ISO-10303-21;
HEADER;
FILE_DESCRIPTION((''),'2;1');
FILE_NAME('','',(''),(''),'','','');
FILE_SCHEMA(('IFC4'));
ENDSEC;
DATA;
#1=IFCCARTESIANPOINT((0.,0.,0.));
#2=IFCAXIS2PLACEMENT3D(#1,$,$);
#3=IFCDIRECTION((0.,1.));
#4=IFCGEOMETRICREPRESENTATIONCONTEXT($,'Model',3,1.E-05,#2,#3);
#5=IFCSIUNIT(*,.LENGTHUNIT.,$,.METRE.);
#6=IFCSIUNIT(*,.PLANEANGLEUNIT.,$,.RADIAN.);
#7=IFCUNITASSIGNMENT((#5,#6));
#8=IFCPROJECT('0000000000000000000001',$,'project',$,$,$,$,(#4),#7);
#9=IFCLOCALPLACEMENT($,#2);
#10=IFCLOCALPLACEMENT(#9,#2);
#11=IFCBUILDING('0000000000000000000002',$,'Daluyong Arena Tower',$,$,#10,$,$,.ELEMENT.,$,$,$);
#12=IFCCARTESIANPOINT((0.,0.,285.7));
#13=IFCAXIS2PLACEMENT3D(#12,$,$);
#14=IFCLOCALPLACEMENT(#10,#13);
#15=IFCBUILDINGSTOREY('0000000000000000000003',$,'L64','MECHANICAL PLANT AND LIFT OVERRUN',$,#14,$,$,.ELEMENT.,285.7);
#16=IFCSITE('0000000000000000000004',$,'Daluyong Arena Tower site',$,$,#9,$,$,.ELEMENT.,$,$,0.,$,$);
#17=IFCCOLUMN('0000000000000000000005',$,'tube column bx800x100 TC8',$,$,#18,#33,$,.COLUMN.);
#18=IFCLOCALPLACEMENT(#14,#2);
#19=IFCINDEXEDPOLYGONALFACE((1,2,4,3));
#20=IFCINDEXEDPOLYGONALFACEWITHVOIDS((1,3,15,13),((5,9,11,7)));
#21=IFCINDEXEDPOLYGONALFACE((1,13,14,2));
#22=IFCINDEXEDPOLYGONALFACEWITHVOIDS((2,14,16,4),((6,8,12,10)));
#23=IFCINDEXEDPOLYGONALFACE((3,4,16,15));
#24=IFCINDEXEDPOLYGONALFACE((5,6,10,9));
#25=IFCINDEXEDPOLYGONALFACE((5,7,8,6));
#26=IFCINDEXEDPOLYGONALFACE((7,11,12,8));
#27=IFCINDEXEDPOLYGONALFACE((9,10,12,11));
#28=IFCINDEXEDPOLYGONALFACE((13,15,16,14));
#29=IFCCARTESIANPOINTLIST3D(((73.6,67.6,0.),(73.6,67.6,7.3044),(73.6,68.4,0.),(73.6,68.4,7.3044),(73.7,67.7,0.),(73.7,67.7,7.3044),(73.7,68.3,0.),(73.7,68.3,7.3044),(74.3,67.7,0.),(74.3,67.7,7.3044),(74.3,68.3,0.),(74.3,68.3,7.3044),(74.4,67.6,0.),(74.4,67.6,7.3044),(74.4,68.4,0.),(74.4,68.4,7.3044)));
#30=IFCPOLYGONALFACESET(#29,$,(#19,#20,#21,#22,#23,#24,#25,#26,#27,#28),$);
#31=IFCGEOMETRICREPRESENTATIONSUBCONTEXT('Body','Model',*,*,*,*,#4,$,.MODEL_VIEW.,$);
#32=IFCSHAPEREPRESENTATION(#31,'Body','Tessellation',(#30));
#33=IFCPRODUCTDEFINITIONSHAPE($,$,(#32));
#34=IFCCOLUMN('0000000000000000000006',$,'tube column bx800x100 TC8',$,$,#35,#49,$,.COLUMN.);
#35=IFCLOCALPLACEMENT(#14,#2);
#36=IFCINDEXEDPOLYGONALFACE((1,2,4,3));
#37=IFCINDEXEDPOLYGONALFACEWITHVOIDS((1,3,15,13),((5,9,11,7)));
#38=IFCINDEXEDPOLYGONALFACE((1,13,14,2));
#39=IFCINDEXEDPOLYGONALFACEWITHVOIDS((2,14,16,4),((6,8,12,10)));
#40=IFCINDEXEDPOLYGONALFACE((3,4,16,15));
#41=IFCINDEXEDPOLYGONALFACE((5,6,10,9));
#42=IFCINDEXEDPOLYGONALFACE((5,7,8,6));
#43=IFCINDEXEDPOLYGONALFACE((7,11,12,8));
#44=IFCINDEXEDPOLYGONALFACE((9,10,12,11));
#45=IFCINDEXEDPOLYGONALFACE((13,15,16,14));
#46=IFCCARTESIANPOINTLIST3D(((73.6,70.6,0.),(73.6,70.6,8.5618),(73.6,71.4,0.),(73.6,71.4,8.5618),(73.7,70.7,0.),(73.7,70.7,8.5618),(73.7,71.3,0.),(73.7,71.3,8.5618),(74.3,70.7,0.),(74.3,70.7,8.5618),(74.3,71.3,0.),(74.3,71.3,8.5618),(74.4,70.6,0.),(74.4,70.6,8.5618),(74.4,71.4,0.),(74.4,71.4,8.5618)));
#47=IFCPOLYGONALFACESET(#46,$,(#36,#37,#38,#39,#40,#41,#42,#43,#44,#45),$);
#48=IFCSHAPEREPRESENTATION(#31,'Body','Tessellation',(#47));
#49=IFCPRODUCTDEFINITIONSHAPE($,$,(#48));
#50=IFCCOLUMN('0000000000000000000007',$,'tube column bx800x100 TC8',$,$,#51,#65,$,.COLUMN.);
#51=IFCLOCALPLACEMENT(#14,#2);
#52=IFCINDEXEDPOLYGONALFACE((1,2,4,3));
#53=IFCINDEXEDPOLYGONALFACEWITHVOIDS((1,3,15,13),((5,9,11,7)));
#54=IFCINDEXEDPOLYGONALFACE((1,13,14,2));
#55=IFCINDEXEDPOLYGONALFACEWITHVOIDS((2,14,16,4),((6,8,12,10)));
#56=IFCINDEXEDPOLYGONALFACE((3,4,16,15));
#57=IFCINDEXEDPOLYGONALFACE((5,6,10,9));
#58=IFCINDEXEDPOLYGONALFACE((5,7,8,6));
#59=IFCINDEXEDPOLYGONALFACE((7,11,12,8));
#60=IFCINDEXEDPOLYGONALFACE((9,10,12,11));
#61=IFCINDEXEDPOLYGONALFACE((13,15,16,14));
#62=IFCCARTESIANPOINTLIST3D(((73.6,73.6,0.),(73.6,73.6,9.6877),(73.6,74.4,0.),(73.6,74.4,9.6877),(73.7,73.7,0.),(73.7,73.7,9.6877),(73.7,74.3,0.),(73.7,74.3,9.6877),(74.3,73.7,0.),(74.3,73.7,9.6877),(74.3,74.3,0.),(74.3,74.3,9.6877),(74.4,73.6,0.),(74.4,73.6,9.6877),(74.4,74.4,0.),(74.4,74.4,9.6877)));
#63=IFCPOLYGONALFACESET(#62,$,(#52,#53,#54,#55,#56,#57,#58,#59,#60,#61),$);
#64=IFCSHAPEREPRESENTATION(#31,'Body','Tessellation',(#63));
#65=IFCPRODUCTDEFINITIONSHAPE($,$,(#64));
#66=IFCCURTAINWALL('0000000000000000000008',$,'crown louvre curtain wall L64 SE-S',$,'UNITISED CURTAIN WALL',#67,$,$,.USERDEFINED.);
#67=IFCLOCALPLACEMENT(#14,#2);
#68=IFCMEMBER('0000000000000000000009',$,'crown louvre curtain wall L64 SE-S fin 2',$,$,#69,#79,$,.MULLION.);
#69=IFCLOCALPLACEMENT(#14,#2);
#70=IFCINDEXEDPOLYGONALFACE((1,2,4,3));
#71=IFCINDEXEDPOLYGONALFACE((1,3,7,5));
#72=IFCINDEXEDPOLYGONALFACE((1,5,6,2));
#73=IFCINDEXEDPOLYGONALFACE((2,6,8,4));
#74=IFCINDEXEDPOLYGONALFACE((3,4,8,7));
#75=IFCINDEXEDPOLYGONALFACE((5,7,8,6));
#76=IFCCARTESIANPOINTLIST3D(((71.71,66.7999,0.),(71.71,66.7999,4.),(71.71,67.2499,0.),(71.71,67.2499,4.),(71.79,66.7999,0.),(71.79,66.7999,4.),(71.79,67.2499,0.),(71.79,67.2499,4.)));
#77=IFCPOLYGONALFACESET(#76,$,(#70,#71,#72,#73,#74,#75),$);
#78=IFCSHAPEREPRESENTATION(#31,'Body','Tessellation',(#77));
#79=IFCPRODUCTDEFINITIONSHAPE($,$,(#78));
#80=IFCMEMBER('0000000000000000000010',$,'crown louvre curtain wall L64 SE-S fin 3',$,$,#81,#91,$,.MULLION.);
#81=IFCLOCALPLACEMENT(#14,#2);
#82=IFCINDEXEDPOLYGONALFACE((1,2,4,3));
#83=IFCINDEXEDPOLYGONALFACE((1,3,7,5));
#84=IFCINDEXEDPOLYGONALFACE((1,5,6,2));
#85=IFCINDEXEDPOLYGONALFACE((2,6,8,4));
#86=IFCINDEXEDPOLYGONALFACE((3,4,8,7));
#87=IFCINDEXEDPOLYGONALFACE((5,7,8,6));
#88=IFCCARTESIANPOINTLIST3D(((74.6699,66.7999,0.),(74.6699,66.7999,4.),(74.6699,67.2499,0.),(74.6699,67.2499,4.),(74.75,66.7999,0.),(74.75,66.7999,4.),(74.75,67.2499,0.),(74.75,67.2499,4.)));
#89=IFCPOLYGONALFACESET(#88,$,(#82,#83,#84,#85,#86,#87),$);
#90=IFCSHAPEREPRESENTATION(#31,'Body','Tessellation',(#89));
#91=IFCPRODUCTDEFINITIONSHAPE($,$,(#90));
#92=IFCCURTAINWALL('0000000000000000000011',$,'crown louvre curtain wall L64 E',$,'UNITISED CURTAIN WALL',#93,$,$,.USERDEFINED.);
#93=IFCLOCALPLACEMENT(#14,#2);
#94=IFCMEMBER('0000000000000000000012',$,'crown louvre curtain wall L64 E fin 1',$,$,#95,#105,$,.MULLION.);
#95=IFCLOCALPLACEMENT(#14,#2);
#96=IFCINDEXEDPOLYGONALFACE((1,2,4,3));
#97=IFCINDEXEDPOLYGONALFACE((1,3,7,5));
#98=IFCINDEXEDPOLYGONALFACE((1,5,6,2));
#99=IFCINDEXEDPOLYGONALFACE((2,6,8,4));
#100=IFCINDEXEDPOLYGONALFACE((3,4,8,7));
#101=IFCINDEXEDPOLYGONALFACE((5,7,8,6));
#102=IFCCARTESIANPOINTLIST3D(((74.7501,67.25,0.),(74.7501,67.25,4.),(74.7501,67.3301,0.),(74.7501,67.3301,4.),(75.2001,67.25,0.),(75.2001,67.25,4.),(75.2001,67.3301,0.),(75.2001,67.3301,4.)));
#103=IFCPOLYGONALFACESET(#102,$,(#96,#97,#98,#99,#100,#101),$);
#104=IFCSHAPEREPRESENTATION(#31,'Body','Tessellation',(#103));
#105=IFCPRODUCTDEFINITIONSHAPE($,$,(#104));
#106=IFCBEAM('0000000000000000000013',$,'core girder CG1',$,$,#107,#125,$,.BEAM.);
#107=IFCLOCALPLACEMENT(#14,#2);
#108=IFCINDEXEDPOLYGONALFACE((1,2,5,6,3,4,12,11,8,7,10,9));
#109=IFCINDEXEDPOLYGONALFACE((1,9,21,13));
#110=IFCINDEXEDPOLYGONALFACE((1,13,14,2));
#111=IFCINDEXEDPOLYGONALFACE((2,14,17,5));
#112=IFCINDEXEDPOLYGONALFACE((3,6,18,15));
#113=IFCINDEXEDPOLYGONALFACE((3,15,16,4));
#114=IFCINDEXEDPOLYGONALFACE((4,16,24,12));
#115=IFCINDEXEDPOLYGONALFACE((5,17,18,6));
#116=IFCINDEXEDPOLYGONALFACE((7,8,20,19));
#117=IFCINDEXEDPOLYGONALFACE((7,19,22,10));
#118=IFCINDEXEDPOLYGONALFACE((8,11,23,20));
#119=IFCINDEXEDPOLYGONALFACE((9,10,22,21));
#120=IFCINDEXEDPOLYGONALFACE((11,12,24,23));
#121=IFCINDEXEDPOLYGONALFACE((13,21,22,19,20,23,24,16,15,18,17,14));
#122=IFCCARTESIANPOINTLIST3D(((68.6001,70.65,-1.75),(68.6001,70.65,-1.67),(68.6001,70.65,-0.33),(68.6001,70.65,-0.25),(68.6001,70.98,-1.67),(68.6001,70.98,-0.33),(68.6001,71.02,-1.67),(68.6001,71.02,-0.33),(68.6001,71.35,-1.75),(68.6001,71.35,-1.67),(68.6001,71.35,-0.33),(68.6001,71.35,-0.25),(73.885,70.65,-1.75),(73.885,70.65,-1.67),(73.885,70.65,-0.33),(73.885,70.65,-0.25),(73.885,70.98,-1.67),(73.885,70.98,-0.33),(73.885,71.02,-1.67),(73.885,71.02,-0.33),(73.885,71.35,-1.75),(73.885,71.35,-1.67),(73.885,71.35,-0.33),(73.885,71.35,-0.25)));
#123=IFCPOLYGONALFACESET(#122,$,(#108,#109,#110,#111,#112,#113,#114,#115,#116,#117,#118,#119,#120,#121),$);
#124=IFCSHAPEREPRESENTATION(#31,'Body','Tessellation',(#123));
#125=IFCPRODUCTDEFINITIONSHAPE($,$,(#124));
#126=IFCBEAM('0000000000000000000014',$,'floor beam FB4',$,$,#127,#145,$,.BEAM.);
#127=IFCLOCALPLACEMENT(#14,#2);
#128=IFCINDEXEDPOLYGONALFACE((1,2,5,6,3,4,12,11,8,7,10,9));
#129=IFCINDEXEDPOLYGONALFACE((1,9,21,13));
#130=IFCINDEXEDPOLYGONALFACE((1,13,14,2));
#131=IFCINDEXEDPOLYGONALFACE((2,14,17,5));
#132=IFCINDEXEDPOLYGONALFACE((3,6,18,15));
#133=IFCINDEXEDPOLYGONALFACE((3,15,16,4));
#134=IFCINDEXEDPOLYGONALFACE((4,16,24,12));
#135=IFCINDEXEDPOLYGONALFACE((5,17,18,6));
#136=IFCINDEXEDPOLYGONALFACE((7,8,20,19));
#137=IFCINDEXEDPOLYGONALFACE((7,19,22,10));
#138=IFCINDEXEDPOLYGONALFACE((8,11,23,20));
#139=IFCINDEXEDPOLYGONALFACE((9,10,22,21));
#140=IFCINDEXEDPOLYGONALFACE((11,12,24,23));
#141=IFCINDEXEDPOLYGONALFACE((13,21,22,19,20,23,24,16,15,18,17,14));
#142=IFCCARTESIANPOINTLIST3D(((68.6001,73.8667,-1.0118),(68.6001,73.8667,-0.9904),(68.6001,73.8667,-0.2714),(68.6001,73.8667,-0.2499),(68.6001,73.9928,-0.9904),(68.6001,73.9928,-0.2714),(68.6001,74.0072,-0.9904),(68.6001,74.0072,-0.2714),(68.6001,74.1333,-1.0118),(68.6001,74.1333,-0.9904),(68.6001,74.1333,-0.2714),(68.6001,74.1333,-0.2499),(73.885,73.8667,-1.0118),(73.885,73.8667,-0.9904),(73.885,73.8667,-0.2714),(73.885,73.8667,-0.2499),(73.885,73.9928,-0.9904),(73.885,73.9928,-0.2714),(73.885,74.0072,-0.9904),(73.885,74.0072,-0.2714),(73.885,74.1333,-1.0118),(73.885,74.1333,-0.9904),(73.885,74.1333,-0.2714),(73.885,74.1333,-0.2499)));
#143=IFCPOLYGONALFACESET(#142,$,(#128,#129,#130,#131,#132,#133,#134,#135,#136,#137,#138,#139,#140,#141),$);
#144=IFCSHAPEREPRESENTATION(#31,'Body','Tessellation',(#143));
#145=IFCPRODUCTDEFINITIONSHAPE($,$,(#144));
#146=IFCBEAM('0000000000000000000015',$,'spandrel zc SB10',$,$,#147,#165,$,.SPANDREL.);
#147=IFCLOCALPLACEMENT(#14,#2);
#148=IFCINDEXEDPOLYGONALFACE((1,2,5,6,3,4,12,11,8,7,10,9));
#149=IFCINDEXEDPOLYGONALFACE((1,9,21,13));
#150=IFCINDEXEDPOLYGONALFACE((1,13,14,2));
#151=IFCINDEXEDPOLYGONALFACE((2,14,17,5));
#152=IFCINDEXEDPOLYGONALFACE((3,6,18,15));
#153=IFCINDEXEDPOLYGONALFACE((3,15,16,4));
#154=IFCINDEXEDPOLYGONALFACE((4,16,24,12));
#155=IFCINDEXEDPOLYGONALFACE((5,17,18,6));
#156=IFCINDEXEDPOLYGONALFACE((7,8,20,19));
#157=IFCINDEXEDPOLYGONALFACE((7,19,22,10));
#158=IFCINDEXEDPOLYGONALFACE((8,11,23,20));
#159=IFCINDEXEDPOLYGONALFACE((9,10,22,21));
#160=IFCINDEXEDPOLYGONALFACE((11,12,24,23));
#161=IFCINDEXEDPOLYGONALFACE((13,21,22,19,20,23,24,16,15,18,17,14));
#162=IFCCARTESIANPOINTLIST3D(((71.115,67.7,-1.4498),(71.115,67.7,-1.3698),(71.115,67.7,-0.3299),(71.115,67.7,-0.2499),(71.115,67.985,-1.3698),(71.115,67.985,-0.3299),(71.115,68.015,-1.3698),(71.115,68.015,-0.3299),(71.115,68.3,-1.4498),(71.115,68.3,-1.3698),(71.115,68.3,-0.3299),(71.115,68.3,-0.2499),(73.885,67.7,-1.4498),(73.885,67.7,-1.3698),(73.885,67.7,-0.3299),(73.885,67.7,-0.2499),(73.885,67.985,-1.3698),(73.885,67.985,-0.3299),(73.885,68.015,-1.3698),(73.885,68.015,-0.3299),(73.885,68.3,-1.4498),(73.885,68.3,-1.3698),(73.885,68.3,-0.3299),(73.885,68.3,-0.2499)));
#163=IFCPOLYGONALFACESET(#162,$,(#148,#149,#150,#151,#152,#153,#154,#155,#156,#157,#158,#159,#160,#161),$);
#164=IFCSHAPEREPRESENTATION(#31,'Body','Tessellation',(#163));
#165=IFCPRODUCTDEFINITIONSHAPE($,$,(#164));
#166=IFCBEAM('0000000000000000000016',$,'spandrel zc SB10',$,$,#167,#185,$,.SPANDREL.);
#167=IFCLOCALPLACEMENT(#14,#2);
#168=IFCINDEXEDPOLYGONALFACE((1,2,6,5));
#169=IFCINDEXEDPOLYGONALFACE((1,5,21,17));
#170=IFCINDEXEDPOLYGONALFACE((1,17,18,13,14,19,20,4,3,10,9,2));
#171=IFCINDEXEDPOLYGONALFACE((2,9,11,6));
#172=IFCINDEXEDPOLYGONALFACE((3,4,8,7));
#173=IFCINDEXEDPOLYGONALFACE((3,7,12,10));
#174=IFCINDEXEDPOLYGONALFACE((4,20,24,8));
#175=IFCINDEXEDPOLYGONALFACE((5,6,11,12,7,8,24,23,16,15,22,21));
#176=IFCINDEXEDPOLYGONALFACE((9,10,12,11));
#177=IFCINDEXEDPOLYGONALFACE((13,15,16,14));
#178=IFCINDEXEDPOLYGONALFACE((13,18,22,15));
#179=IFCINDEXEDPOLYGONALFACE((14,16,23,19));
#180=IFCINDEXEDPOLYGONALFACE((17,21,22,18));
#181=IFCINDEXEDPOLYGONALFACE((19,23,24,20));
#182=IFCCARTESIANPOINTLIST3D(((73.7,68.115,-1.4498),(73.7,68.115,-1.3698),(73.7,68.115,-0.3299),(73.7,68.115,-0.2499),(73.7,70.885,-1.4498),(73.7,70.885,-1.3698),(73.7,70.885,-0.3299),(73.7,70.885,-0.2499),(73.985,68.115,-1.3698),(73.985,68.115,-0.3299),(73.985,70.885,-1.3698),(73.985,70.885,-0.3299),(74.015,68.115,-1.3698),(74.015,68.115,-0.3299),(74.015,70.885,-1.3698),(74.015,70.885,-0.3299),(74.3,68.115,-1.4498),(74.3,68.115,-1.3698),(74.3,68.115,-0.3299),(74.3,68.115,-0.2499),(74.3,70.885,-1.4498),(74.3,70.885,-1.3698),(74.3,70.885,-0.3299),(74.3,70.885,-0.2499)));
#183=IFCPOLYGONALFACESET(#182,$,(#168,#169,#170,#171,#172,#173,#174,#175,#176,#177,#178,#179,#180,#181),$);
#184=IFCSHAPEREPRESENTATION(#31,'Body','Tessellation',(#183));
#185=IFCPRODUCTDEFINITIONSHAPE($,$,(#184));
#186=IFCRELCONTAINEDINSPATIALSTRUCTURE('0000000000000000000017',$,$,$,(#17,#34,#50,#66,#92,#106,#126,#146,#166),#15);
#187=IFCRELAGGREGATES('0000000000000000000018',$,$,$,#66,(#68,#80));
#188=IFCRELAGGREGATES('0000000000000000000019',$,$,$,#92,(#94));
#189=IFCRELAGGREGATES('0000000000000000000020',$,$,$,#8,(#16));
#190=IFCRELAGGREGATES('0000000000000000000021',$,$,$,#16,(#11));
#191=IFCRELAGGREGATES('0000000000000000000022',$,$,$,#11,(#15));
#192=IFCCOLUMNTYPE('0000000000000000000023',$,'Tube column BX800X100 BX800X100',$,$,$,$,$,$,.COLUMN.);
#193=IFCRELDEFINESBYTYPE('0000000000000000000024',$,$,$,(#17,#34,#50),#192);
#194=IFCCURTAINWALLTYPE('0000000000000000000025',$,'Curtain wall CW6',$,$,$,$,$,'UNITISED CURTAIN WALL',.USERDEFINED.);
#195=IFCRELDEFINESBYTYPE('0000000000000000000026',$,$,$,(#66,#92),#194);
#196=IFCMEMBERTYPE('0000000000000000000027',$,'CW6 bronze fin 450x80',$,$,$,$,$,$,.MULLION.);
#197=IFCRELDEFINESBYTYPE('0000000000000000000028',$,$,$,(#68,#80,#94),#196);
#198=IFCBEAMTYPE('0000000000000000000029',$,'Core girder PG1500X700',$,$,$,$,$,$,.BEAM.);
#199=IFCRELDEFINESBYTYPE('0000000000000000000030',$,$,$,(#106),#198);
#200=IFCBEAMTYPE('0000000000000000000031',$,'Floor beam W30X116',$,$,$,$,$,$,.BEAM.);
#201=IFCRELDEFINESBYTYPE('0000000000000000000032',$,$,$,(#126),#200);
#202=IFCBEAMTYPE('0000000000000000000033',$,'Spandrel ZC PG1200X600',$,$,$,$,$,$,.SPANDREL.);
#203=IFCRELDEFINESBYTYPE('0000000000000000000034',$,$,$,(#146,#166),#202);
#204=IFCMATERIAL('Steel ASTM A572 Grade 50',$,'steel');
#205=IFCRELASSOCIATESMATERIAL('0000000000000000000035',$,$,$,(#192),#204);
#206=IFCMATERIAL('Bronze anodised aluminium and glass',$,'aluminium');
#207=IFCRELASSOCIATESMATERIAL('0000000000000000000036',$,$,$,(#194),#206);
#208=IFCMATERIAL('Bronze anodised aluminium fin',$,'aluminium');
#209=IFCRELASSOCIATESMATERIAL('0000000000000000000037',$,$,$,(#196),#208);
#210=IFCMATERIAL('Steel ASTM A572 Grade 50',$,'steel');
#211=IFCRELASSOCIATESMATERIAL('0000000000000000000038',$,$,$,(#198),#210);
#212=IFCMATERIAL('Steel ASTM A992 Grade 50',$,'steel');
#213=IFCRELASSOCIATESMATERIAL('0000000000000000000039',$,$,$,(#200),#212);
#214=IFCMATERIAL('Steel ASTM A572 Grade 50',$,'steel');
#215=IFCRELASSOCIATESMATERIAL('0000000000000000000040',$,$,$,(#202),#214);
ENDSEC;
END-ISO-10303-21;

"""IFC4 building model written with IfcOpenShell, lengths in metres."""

from ifc_helpers import new_model, si_unit, direction, frame, origin, origin_2d, place, context, subcontext, project, spatial, rectangle, hollow_rectangle, i_section, extrude, material, material_profile, profile_set, type_object, element, aggregate, save


model = new_model("IFC4")

# Units and contexts
model_context = context("Model", 3, precision=1e-05, world=origin(), true_north=direction((0.0, 1.0)))
body_context = subcontext(model_context, "Body", "Model", "MODEL_VIEW")
ifc_project = project(units=[si_unit("LENGTHUNIT", "METRE"), si_unit("PLANEANGLEUNIT", "RADIAN")], contexts=[model_context])

# Site, building, storey
site_placement = place(None, origin())
site = spatial("IfcSite", under=ifc_project, at=site_placement, Name="Daluyong Arena Tower site", CompositionType="ELEMENT", RefElevation=0.0)
building_placement = place(site_placement, origin())
building = spatial("IfcBuilding", under=site, at=building_placement, Name="Daluyong Arena Tower", CompositionType="ELEMENT")
storey_placement = place(building_placement, frame((0.0, 0.0, 285.7)))
storey = spatial("IfcBuildingStorey", under=building, at=storey_placement, Name="L64", Description="MECHANICAL PLANT AND LIFT OVERRUN", CompositionType="ELEMENT", Elevation=285.7)

# Columns
ifc_material_1 = material(Name="Steel ASTM A572 Grade 50", Category="steel")
ifc_material_profile_1 = material_profile(ifc_material_1, hollow_rectangle(XDim=0.8, YDim=0.8, WallThickness=0.1, at=origin_2d()))
ifc_profile_set_1 = profile_set([ifc_material_profile_1], Name="Steel ASTM A572 Grade 50")
column_type = type_object("IfcColumnType", Name="Tube column BX800X100 BX800X100", PredefinedType="COLUMN", material=ifc_profile_set_1)
column_1_placement = place(storey_placement, frame((74.0, 68.0, 0.0), z_axis=(0.0, 0.0, 1.0), x_axis=(0.0, 1.0, 0.0)))
element("IfcColumn", 1, at=column_1_placement, inside=storey, type_object=column_type, Name="tube column bx800x100 TC8", PredefinedType="COLUMN", context=body_context, shape_type="SweptSolid", body=[
    extrude(hollow_rectangle(XDim=0.8, YDim=0.8, WallThickness=0.1, at=origin_2d()), origin(), (0.0, 0.0, 1.0), 7.3044),
])
column_2_placement = place(storey_placement, frame((74.0, 71.0, 0.0), z_axis=(0.0, 0.0, 1.0), x_axis=(0.0, 1.0, 0.0)))
element("IfcColumn", 2, at=column_2_placement, inside=storey, type_object=column_type, Name="tube column bx800x100 TC8", PredefinedType="COLUMN", context=body_context, shape_type="SweptSolid", body=[
    extrude(hollow_rectangle(XDim=0.8, YDim=0.8, WallThickness=0.1, at=origin_2d()), origin(), (0.0, 0.0, 1.0), 8.5618),
])
column_3_placement = place(storey_placement, frame((74.0, 74.0, 0.0), z_axis=(0.0, 0.0, 1.0), x_axis=(0.0, 1.0, 0.0)))
element("IfcColumn", 3, at=column_3_placement, inside=storey, type_object=column_type, Name="tube column bx800x100 TC8", PredefinedType="COLUMN", context=body_context, shape_type="SweptSolid", body=[
    extrude(hollow_rectangle(XDim=0.8, YDim=0.8, WallThickness=0.1, at=origin_2d()), origin(), (0.0, 0.0, 1.0), 9.6877),
])

# Curtain wall, members
ifc_material_2 = material(Name="Bronze anodised aluminium and glass", Category="aluminium")
curtain_wall_type = type_object("IfcCurtainWallType", Name="Curtain wall CW6", ElementType="UNITISED CURTAIN WALL", PredefinedType="USERDEFINED", material=ifc_material_2)
curtain_wall_1_placement = place(storey_placement, origin())
curtain_wall_1 = element("IfcCurtainWall", 4, at=curtain_wall_1_placement, inside=storey, type_object=curtain_wall_type, Name="crown louvre curtain wall L64 SE-S", ObjectType="UNITISED CURTAIN WALL", PredefinedType="USERDEFINED")
ifc_material_3 = material(Name="Bronze anodised aluminium fin", Category="aluminium")
ifc_material_profile_2 = material_profile(ifc_material_3, rectangle(XDim=0.45, YDim=0.0801, at=origin_2d()))
ifc_profile_set_2 = profile_set([ifc_material_profile_2], Name="Bronze anodised aluminium fin")
member_type = type_object("IfcMemberType", Name="CW6 bronze fin 450x80", PredefinedType="MULLION", material=ifc_profile_set_2)
member_1_placement = place(storey_placement, frame((71.75, 67.0249, 0.0), z_axis=(0.0, 0.0, 1.0), x_axis=(0.0, 1.0, 0.0)))
member_1 = element("IfcMember", 5, at=member_1_placement, type_object=member_type, Name="crown louvre curtain wall L64 SE-S fin 2", PredefinedType="MULLION", context=body_context, shape_type="SweptSolid", body=[
    extrude(rectangle(XDim=0.45, YDim=0.0801, at=origin_2d()), origin(), (0.0, 0.0, 1.0), 4.0),
])
member_2_placement = place(storey_placement, frame((74.71, 67.0249, 0.0), z_axis=(0.0, 0.0, 1.0), x_axis=(0.0, 1.0, 0.0)))
member_2 = element("IfcMember", 6, at=member_2_placement, type_object=member_type, Name="crown louvre curtain wall L64 SE-S fin 3", PredefinedType="MULLION", context=body_context, shape_type="SweptSolid", body=[
    extrude(rectangle(XDim=0.45, YDim=0.0801, at=origin_2d()), origin(), (0.0, 0.0, 1.0), 4.0),
])

# Curtain wall, member
curtain_wall_2_placement = place(storey_placement, origin())
curtain_wall_2 = element("IfcCurtainWall", 7, at=curtain_wall_2_placement, inside=storey, type_object=curtain_wall_type, Name="crown louvre curtain wall L64 E", ObjectType="UNITISED CURTAIN WALL", PredefinedType="USERDEFINED")
member_3_placement = place(storey_placement, frame((74.9751, 67.29, 0.0), z_axis=(0.0, 0.0, 1.0), x_axis=(-1.0, 0.0, 0.0)))
member_3 = element("IfcMember", 8, at=member_3_placement, type_object=member_type, Name="crown louvre curtain wall L64 E fin 1", PredefinedType="MULLION", context=body_context, shape_type="SweptSolid", body=[
    extrude(rectangle(XDim=0.45, YDim=0.0801, at=origin_2d()), origin(), (0.0, 0.0, 1.0), 4.0),
])

# Beams
ifc_material_4 = material(Name="Steel ASTM A572 Grade 50", Category="steel")
ifc_material_profile_3 = material_profile(ifc_material_4, i_section(OverallWidth=0.7, OverallDepth=1.5, WebThickness=0.04, FlangeThickness=0.08, at=origin_2d()))
ifc_profile_set_3 = profile_set([ifc_material_profile_3], Name="Steel ASTM A572 Grade 50")
beam_type_1 = type_object("IfcBeamType", Name="Core girder PG1500X700", PredefinedType="BEAM", material=ifc_profile_set_3)
beam_1_placement = place(storey_placement, frame((73.885, 71.0, -1.0), z_axis=(-1.0, 0.0, 0.0), x_axis=(0.0, -1.0, 0.0)))
element("IfcBeam", 9, at=beam_1_placement, inside=storey, type_object=beam_type_1, Name="core girder CG1", PredefinedType="BEAM", context=body_context, shape_type="SweptSolid", body=[
    extrude(i_section(OverallWidth=0.7, OverallDepth=1.5, WebThickness=0.04, FlangeThickness=0.08, at=origin_2d()), origin(), (0.0, 0.0, 1.0), 5.2849),
])
ifc_material_5 = material(Name="Steel ASTM A992 Grade 50", Category="steel")
ifc_material_profile_4 = material_profile(ifc_material_5, i_section(OverallWidth=0.2666, OverallDepth=0.762, WebThickness=0.0144, FlangeThickness=0.0215, at=origin_2d()))
ifc_profile_set_4 = profile_set([ifc_material_profile_4], Name="Steel ASTM A992 Grade 50")
beam_type_2 = type_object("IfcBeamType", Name="Floor beam W30X116", PredefinedType="BEAM", material=ifc_profile_set_4)
beam_2_placement = place(storey_placement, frame((73.885, 74.0, -0.6309), z_axis=(-1.0, 0.0, 0.0), x_axis=(0.0, -1.0, 0.0)))
element("IfcBeam", 10, at=beam_2_placement, inside=storey, type_object=beam_type_2, Name="floor beam FB4", PredefinedType="BEAM", context=body_context, shape_type="SweptSolid", body=[
    extrude(i_section(OverallWidth=0.2666, OverallDepth=0.762, WebThickness=0.0144, FlangeThickness=0.0215, at=origin_2d()), origin(), (0.0, 0.0, 1.0), 5.2849),
])
ifc_material_6 = material(Name="Steel ASTM A572 Grade 50", Category="steel")
ifc_material_profile_5 = material_profile(ifc_material_6, i_section(OverallWidth=0.6001, OverallDepth=1.2, WebThickness=0.03, FlangeThickness=0.08, at=origin_2d()))
ifc_profile_set_5 = profile_set([ifc_material_profile_5], Name="Steel ASTM A572 Grade 50")
beam_type_3 = type_object("IfcBeamType", Name="Spandrel ZC PG1200X600", PredefinedType="SPANDREL", material=ifc_profile_set_5)
for number, where, z_axis, x_axis, name in (
    (11, (71.115, 68.0, -0.8499), (1.0, 0.0, 0.0), (0.0, 1.0, 0.0), "spandrel zc SB10"),
    (12, (74.0, 68.115, -0.8499), (0.0, 1.0, 0.0), (-1.0, 0.0, 0.0), "spandrel zc SB10"),
):
    element("IfcBeam", number, at=place(storey_placement, frame(where, z_axis=z_axis, x_axis=x_axis)), inside=storey, type_object=beam_type_3, Name=name, PredefinedType="SPANDREL", context=body_context, shape_type="SweptSolid", body=[
        extrude(i_section(OverallWidth=0.6001, OverallDepth=1.2, WebThickness=0.03, FlangeThickness=0.08, at=origin_2d()), origin(), (0.0, 0.0, 1.0), 2.77),
    ])

aggregate(curtain_wall_1, [member_1, member_2])
aggregate(curtain_wall_2, [member_3])

save(model, "model.ifc")
